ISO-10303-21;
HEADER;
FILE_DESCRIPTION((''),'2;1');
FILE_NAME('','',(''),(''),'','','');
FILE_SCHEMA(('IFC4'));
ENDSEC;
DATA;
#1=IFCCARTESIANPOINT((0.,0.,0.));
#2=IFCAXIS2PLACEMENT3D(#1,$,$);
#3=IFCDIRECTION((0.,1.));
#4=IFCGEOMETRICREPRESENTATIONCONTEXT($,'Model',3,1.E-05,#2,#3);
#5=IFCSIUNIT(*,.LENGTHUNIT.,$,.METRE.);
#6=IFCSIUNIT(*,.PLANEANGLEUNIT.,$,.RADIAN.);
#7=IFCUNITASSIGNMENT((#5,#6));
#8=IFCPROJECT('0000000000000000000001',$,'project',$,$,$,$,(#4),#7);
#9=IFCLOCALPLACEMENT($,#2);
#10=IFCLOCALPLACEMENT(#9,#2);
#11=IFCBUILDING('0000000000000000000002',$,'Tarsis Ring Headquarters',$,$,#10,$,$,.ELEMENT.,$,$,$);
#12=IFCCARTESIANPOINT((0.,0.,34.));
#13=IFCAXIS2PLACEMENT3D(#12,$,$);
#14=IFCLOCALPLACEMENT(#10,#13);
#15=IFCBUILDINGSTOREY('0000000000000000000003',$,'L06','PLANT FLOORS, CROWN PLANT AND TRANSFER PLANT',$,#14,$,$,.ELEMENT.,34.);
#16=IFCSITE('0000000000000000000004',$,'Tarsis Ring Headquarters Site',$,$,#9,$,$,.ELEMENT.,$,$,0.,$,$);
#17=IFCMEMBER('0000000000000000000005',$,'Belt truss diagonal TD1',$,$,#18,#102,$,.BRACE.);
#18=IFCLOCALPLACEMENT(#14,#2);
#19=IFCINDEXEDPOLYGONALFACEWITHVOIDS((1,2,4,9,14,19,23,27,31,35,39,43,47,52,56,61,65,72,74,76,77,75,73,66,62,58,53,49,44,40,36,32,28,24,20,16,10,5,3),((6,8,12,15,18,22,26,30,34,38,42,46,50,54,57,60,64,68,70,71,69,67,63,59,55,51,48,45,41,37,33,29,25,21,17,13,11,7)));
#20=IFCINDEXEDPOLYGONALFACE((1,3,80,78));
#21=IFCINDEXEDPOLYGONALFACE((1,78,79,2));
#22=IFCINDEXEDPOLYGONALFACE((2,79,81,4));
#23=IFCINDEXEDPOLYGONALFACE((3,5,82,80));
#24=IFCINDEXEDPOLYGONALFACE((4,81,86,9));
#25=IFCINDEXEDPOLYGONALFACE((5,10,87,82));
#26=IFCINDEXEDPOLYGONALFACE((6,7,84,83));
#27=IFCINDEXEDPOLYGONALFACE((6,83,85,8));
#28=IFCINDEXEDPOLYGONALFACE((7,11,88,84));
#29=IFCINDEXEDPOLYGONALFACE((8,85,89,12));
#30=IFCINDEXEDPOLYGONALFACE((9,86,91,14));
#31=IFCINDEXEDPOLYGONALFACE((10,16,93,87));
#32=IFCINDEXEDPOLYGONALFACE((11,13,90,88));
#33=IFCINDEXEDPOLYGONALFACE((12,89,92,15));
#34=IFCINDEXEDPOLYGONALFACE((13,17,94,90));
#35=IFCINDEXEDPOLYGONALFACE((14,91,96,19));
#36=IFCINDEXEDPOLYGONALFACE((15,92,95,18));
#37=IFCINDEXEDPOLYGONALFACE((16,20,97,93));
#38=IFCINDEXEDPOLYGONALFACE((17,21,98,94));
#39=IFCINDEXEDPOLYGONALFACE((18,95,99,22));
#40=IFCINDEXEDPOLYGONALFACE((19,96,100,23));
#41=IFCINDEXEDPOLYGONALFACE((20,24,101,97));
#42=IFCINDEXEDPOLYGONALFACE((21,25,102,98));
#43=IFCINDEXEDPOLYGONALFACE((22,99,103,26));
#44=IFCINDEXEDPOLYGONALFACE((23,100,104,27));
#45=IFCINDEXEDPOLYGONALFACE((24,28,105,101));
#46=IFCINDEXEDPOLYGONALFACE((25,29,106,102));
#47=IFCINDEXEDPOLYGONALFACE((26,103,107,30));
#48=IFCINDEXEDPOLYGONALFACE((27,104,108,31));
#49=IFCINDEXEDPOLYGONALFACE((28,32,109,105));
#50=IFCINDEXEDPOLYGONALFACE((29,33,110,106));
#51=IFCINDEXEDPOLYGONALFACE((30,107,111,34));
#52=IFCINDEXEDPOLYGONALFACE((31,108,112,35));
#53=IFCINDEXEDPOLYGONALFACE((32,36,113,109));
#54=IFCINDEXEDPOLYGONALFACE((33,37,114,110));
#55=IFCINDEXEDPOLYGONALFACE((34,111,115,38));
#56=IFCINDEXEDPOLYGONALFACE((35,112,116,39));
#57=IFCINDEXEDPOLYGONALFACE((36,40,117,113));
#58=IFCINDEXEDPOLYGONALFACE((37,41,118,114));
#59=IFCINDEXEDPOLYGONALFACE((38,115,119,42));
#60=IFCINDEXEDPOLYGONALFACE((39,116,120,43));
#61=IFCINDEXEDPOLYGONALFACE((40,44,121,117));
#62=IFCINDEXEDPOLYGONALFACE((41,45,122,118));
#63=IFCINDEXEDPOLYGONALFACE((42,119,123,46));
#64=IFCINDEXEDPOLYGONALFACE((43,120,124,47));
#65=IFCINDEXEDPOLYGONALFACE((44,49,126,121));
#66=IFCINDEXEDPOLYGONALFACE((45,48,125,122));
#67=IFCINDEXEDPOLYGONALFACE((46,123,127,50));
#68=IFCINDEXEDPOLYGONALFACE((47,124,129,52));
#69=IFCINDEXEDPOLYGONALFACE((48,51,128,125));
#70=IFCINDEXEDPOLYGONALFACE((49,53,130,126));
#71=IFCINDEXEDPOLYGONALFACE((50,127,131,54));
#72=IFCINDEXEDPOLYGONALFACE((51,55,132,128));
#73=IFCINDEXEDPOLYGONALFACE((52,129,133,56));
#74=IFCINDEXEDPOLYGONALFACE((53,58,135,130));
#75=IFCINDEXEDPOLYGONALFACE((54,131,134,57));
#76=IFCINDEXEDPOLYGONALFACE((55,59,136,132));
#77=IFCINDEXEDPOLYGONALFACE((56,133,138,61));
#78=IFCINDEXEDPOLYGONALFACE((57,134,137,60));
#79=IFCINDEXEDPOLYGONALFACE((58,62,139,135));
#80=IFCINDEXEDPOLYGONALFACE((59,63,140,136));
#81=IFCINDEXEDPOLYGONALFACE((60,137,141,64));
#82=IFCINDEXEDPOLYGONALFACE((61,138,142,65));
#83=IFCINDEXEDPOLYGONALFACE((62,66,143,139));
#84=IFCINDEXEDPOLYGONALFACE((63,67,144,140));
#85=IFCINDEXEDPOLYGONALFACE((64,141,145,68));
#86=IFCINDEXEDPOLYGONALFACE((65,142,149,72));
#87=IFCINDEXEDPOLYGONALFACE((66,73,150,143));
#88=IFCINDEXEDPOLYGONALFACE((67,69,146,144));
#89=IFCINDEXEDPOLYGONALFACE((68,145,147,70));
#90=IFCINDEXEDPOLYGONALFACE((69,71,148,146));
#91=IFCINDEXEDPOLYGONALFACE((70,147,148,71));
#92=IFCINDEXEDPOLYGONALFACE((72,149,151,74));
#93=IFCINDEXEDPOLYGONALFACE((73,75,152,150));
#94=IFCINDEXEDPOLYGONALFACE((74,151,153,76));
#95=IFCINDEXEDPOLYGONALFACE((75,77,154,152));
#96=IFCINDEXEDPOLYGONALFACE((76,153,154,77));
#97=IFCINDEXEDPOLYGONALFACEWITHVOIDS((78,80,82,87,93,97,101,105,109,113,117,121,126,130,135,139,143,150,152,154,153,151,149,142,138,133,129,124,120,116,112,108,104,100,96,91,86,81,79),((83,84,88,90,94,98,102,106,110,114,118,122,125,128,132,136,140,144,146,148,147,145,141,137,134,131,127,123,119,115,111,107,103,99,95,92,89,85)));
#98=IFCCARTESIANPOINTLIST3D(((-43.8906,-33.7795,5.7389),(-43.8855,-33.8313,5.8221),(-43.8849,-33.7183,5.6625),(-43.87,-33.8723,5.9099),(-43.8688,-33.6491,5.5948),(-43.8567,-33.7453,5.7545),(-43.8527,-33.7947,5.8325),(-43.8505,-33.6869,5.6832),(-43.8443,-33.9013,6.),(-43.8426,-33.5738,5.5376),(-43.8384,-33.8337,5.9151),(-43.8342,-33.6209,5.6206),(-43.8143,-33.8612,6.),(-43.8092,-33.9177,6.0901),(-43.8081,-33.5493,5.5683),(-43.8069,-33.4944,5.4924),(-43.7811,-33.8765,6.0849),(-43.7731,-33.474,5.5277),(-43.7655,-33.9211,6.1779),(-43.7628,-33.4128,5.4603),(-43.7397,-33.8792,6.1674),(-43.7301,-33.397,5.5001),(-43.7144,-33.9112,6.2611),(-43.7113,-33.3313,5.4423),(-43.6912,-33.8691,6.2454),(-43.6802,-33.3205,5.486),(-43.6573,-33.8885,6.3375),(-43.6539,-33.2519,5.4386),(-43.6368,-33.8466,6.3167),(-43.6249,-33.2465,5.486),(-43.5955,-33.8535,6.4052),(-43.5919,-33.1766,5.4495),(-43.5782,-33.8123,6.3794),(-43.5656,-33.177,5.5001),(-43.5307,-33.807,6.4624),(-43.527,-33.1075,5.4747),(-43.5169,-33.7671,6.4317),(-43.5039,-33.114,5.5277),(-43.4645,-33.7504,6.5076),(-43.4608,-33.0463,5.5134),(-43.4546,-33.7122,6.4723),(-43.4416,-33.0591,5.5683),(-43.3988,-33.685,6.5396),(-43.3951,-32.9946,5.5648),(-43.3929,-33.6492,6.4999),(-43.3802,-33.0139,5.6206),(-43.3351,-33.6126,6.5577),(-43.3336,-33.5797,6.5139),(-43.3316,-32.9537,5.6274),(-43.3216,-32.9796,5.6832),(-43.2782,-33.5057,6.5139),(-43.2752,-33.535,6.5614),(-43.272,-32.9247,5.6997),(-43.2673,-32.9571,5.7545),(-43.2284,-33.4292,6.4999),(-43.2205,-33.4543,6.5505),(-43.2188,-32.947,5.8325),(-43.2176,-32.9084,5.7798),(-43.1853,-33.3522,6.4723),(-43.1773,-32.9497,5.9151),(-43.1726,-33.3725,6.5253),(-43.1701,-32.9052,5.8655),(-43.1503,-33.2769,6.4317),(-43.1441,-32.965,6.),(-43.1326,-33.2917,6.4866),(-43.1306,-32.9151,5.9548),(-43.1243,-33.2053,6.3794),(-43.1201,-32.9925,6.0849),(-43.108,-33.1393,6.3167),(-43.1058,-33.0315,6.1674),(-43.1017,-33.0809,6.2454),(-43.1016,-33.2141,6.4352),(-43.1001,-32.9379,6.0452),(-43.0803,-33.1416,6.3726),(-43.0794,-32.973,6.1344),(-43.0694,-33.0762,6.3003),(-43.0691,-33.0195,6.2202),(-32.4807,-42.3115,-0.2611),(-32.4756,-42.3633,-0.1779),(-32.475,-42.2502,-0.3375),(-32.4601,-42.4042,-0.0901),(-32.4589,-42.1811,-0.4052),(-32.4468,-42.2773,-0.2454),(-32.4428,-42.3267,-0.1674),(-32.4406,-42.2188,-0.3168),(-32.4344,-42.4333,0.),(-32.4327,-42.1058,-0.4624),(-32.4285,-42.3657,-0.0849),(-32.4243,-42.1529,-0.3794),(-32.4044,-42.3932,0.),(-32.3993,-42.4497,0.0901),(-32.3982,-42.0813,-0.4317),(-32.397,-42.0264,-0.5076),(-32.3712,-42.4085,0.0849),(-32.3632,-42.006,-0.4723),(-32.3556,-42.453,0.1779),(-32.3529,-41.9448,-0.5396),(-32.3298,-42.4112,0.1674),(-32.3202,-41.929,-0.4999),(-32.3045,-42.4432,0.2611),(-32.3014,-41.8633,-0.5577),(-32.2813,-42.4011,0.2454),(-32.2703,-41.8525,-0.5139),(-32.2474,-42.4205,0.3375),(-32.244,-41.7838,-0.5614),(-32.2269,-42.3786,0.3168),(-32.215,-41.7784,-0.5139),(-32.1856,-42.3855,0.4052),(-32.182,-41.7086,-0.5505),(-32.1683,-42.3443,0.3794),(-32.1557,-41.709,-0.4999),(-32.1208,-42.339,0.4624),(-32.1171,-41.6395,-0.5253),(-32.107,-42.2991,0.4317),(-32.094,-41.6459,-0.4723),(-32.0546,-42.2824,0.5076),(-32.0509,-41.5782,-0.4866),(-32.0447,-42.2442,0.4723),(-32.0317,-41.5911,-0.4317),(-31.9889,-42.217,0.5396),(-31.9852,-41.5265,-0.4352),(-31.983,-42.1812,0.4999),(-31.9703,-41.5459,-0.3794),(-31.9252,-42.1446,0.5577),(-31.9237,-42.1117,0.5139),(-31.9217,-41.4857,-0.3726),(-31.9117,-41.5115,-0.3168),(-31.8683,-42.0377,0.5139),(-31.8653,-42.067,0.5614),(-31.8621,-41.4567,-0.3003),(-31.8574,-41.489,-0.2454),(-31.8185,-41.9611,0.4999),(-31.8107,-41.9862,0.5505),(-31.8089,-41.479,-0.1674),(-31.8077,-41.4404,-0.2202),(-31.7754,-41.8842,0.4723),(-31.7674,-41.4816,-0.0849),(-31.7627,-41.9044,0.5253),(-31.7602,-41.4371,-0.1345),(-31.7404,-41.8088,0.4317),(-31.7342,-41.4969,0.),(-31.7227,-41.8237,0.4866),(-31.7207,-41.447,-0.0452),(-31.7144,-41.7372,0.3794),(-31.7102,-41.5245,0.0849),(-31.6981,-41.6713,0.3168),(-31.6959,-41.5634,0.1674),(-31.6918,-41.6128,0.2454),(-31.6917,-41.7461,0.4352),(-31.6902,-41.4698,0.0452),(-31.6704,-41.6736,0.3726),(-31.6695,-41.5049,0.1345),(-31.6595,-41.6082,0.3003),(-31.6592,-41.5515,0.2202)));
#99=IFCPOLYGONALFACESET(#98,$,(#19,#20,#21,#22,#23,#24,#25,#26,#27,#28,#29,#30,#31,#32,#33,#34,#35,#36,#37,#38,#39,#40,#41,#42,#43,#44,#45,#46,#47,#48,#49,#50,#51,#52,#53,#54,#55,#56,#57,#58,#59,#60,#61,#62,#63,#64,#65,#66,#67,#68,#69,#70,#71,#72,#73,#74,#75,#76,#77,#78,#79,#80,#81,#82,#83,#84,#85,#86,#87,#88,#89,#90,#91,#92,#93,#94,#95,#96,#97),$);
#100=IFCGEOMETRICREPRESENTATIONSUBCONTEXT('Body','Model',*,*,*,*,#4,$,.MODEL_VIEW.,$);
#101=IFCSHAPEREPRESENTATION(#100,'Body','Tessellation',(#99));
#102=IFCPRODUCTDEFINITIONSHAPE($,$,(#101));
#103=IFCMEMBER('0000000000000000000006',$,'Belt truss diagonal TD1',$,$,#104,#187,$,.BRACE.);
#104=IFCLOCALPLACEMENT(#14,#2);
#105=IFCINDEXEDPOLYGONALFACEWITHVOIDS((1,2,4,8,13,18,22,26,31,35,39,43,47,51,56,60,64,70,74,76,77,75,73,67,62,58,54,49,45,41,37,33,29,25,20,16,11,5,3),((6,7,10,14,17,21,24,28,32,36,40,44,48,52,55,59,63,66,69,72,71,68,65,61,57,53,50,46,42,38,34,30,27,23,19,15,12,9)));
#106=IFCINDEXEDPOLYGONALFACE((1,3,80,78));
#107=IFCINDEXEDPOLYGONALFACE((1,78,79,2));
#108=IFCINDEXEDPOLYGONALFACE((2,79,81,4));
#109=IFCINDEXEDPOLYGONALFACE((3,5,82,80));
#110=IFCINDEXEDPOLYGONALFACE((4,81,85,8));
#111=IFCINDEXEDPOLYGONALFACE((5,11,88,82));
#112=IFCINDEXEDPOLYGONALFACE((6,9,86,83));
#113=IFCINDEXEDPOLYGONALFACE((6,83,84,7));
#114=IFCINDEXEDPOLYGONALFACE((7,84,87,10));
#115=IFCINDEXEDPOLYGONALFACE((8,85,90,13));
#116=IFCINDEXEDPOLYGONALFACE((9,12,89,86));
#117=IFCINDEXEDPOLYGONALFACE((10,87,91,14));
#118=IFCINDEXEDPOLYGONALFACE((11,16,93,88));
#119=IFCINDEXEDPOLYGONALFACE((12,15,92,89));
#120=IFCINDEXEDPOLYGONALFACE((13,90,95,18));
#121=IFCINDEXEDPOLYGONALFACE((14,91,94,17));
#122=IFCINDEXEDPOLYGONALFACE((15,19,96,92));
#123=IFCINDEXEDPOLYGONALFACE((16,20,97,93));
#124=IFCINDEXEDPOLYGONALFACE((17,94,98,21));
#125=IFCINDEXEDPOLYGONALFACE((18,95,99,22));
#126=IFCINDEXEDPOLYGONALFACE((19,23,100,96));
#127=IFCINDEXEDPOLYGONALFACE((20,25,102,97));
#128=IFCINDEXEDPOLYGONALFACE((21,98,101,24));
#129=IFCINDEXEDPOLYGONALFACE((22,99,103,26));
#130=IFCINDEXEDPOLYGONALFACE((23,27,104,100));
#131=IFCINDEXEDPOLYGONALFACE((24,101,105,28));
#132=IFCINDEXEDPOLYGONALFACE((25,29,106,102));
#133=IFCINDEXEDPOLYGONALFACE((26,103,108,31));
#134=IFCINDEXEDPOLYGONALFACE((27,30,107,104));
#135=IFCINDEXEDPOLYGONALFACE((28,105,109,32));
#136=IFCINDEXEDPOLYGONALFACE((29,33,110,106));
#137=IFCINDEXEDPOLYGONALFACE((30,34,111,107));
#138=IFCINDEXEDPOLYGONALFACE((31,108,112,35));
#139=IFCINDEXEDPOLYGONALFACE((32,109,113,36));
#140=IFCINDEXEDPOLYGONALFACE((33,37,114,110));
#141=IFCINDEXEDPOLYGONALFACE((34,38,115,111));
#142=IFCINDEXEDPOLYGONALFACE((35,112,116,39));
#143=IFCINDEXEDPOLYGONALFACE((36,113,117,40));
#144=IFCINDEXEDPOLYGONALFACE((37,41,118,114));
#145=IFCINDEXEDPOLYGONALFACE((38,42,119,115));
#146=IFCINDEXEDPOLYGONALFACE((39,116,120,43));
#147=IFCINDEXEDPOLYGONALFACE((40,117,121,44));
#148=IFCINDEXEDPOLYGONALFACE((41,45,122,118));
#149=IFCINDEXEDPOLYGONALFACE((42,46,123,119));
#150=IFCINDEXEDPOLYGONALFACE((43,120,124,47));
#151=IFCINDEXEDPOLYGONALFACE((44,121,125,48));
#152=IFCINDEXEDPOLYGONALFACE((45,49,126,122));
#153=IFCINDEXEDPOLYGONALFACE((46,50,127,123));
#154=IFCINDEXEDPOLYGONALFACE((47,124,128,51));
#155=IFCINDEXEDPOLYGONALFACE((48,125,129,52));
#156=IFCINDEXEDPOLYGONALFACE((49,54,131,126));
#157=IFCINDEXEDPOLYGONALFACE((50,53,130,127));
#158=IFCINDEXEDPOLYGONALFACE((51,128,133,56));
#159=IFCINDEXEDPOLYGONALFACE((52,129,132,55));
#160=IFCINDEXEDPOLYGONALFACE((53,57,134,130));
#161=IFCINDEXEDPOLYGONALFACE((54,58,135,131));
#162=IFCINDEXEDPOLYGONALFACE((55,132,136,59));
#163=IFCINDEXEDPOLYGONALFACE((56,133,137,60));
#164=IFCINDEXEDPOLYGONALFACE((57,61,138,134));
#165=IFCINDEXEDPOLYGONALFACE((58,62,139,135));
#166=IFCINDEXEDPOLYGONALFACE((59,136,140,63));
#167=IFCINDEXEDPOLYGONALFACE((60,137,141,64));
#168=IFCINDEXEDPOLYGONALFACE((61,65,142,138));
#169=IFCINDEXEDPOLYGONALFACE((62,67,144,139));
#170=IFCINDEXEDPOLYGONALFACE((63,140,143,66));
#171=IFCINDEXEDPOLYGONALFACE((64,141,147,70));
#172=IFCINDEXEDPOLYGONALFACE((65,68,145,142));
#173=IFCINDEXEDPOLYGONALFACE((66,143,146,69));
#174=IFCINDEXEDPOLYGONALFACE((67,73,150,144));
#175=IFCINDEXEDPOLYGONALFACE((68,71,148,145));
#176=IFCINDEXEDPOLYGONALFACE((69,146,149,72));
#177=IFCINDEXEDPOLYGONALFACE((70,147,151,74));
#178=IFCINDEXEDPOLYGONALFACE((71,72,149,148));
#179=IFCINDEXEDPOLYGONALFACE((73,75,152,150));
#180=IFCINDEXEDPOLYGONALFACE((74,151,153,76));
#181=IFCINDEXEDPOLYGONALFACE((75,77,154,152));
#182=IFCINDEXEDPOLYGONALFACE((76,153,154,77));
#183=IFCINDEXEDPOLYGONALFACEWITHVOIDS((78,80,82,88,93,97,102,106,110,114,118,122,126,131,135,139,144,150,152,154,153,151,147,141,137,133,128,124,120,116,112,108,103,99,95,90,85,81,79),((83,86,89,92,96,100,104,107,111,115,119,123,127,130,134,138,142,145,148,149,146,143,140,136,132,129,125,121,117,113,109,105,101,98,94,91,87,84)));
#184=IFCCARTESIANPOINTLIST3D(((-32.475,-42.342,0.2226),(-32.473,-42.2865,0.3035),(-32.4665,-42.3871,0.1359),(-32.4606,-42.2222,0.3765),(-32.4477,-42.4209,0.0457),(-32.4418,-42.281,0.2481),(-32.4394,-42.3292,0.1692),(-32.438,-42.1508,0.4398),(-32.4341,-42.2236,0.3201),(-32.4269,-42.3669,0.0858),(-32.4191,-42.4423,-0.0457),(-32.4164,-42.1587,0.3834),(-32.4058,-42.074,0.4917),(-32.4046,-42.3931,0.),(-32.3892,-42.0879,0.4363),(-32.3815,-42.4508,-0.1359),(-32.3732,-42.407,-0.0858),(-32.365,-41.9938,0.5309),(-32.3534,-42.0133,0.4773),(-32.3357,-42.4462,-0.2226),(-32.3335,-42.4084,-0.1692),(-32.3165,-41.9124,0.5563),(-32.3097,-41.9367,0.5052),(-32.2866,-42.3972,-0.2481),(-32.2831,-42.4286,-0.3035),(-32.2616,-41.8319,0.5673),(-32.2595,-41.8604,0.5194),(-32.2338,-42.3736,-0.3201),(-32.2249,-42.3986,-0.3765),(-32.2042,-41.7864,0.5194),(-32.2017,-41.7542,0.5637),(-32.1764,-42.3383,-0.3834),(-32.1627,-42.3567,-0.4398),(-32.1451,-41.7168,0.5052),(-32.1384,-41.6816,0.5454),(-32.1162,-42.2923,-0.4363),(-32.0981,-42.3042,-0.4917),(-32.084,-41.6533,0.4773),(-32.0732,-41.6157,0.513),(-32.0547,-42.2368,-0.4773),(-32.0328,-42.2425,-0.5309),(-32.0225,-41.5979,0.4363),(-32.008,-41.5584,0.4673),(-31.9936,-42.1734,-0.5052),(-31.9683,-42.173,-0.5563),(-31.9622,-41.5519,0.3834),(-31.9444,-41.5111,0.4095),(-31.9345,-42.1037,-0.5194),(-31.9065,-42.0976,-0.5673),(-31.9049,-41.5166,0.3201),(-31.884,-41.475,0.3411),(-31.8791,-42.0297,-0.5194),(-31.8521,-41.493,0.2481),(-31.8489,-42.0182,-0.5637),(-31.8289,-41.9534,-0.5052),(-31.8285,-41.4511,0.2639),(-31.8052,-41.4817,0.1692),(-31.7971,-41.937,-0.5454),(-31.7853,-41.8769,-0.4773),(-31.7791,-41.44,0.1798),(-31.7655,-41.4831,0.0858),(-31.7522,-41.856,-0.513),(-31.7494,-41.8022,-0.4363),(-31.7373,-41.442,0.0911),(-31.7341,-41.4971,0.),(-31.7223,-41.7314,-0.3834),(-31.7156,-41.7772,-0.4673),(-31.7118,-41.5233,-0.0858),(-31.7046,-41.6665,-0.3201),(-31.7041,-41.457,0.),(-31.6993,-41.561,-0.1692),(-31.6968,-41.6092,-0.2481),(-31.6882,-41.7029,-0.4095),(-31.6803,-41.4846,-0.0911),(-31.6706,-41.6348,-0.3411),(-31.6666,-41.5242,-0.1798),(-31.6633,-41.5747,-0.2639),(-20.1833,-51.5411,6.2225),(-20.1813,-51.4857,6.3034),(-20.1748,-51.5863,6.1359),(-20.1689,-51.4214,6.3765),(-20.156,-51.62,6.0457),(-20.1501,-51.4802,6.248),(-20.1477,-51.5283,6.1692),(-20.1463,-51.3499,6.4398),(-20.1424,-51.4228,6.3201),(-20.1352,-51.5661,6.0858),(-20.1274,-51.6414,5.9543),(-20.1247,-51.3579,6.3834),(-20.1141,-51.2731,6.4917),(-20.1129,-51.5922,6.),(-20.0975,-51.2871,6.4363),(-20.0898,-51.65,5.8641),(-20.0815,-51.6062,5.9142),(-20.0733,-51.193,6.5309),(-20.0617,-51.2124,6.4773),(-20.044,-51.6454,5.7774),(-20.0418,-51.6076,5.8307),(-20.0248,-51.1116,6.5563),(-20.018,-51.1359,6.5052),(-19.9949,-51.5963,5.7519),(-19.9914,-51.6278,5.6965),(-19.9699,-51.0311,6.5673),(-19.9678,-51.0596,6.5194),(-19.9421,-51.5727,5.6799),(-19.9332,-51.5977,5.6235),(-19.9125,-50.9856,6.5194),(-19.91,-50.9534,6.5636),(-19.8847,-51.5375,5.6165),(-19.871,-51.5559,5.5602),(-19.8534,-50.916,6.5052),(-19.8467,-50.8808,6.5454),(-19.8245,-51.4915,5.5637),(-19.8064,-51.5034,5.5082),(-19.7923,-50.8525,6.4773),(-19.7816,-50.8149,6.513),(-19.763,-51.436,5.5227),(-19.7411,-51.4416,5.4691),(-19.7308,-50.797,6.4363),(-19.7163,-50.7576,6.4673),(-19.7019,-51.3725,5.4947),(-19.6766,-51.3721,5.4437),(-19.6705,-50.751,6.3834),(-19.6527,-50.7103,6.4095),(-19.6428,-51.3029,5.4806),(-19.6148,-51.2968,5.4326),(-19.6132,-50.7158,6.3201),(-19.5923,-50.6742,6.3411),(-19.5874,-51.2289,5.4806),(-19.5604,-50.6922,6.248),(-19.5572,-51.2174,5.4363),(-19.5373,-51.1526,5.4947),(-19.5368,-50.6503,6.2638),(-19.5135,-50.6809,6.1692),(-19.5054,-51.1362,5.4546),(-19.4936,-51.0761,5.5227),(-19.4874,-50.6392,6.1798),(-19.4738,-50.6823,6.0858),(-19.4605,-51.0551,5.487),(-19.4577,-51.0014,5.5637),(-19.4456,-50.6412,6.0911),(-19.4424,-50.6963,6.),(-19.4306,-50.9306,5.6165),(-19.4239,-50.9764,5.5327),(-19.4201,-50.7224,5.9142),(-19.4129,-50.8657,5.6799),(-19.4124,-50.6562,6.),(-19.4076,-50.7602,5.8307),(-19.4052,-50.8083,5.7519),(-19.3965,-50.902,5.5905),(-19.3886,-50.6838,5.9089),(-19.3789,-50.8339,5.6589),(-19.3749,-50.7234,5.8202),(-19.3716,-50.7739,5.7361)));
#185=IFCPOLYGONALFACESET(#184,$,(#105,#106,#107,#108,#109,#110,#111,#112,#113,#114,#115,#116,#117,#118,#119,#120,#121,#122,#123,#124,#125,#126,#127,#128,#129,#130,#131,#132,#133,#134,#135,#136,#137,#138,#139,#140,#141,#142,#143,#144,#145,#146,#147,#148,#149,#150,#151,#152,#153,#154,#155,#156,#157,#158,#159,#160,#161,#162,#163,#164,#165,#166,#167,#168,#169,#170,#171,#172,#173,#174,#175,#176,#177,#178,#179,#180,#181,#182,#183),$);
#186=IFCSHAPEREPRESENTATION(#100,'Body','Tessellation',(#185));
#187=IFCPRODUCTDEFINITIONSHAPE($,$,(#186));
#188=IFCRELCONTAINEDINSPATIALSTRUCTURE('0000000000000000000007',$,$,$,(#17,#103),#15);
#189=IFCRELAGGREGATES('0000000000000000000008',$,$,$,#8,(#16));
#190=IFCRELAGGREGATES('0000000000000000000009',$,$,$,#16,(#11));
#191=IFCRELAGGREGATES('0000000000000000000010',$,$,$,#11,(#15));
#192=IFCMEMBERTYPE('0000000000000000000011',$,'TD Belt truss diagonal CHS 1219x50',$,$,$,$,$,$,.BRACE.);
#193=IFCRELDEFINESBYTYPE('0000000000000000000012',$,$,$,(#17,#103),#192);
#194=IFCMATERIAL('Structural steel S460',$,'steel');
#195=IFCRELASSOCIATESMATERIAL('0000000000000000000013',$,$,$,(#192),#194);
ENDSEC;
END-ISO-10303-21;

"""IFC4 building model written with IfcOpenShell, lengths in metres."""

from ifc_helpers import new_model, si_unit, direction, frame, origin, origin_2d, place, context, subcontext, project, spatial, hollow_circle, extrude, material, material_profile, profile_set, type_object, element, save


model = new_model("IFC4")

# Units and contexts
model_context = context("Model", 3, precision=1e-05, world=origin(), true_north=direction((0.0, 1.0)))
body_context = subcontext(model_context, "Body", "Model", "MODEL_VIEW")
ifc_project = project(units=[si_unit("LENGTHUNIT", "METRE"), si_unit("PLANEANGLEUNIT", "RADIAN")], contexts=[model_context])

# Site, building, storey
site_placement = place(None, origin())
site = spatial("IfcSite", under=ifc_project, at=site_placement, Name="Tarsis Ring Headquarters Site", CompositionType="ELEMENT", RefElevation=0.0)
building_placement = place(site_placement, origin())
building = spatial("IfcBuilding", under=site, at=building_placement, Name="Tarsis Ring Headquarters", CompositionType="ELEMENT")
storey_placement = place(building_placement, frame((0.0, 0.0, 34.0)))
storey = spatial("IfcBuildingStorey", under=building, at=storey_placement, Name="L06", Description="PLANT FLOORS, CROWN PLANT AND TRANSFER PLANT", CompositionType="ELEMENT", Elevation=34.0)

# Shared definitions
ifc_material_1 = material(Name="Structural steel S460", Category="steel")
ifc_material_profile_1 = material_profile(ifc_material_1, hollow_circle(Radius=0.6096, WallThickness=0.05, at=origin_2d()), Name="CHS 1219x50")
ifc_profile_set_1 = profile_set([ifc_material_profile_1], Name="Structural steel S460")

# Members
member_type_1 = type_object("IfcMemberType", Name="TD Belt truss diagonal CHS 1219x50", PredefinedType="BRACE", material=ifc_profile_set_1)
member_1_placement = place(storey_placement, frame((-32.0693, -41.9451, 0.0), z_axis=(-0.738075, 0.55191, 0.388123), x_axis=(-0.598856, -0.800857, 0.0)))
element("IfcMember", 1, at=member_1_placement, inside=storey, type_object=member_type_1, Name="Belt truss diagonal TD1", PredefinedType="BRACE", context=body_context, shape_type="SweptSolid", body=[
    extrude(hollow_circle(Radius=0.6096, WallThickness=0.05, at=origin_2d()), origin(), (0.0, 0.0, 1.0), 15.459),
])
member_2_placement = place(storey_placement, frame((-32.0693, -41.9451, 0.0), z_axis=(0.745691, -0.558079, 0.363996), x_axis=(0.599183, 0.800612, 0.0)))
element("IfcMember", 2, at=member_2_placement, inside=storey, type_object=member_type_1, Name="Belt truss diagonal TD1", PredefinedType="BRACE", context=body_context, shape_type="SweptSolid", body=[
    extrude(hollow_circle(Radius=0.6096, WallThickness=0.05, at=origin_2d()), origin(), (0.0, 0.0, 1.0), 16.4836),
])

save(model, "model.ifc")
